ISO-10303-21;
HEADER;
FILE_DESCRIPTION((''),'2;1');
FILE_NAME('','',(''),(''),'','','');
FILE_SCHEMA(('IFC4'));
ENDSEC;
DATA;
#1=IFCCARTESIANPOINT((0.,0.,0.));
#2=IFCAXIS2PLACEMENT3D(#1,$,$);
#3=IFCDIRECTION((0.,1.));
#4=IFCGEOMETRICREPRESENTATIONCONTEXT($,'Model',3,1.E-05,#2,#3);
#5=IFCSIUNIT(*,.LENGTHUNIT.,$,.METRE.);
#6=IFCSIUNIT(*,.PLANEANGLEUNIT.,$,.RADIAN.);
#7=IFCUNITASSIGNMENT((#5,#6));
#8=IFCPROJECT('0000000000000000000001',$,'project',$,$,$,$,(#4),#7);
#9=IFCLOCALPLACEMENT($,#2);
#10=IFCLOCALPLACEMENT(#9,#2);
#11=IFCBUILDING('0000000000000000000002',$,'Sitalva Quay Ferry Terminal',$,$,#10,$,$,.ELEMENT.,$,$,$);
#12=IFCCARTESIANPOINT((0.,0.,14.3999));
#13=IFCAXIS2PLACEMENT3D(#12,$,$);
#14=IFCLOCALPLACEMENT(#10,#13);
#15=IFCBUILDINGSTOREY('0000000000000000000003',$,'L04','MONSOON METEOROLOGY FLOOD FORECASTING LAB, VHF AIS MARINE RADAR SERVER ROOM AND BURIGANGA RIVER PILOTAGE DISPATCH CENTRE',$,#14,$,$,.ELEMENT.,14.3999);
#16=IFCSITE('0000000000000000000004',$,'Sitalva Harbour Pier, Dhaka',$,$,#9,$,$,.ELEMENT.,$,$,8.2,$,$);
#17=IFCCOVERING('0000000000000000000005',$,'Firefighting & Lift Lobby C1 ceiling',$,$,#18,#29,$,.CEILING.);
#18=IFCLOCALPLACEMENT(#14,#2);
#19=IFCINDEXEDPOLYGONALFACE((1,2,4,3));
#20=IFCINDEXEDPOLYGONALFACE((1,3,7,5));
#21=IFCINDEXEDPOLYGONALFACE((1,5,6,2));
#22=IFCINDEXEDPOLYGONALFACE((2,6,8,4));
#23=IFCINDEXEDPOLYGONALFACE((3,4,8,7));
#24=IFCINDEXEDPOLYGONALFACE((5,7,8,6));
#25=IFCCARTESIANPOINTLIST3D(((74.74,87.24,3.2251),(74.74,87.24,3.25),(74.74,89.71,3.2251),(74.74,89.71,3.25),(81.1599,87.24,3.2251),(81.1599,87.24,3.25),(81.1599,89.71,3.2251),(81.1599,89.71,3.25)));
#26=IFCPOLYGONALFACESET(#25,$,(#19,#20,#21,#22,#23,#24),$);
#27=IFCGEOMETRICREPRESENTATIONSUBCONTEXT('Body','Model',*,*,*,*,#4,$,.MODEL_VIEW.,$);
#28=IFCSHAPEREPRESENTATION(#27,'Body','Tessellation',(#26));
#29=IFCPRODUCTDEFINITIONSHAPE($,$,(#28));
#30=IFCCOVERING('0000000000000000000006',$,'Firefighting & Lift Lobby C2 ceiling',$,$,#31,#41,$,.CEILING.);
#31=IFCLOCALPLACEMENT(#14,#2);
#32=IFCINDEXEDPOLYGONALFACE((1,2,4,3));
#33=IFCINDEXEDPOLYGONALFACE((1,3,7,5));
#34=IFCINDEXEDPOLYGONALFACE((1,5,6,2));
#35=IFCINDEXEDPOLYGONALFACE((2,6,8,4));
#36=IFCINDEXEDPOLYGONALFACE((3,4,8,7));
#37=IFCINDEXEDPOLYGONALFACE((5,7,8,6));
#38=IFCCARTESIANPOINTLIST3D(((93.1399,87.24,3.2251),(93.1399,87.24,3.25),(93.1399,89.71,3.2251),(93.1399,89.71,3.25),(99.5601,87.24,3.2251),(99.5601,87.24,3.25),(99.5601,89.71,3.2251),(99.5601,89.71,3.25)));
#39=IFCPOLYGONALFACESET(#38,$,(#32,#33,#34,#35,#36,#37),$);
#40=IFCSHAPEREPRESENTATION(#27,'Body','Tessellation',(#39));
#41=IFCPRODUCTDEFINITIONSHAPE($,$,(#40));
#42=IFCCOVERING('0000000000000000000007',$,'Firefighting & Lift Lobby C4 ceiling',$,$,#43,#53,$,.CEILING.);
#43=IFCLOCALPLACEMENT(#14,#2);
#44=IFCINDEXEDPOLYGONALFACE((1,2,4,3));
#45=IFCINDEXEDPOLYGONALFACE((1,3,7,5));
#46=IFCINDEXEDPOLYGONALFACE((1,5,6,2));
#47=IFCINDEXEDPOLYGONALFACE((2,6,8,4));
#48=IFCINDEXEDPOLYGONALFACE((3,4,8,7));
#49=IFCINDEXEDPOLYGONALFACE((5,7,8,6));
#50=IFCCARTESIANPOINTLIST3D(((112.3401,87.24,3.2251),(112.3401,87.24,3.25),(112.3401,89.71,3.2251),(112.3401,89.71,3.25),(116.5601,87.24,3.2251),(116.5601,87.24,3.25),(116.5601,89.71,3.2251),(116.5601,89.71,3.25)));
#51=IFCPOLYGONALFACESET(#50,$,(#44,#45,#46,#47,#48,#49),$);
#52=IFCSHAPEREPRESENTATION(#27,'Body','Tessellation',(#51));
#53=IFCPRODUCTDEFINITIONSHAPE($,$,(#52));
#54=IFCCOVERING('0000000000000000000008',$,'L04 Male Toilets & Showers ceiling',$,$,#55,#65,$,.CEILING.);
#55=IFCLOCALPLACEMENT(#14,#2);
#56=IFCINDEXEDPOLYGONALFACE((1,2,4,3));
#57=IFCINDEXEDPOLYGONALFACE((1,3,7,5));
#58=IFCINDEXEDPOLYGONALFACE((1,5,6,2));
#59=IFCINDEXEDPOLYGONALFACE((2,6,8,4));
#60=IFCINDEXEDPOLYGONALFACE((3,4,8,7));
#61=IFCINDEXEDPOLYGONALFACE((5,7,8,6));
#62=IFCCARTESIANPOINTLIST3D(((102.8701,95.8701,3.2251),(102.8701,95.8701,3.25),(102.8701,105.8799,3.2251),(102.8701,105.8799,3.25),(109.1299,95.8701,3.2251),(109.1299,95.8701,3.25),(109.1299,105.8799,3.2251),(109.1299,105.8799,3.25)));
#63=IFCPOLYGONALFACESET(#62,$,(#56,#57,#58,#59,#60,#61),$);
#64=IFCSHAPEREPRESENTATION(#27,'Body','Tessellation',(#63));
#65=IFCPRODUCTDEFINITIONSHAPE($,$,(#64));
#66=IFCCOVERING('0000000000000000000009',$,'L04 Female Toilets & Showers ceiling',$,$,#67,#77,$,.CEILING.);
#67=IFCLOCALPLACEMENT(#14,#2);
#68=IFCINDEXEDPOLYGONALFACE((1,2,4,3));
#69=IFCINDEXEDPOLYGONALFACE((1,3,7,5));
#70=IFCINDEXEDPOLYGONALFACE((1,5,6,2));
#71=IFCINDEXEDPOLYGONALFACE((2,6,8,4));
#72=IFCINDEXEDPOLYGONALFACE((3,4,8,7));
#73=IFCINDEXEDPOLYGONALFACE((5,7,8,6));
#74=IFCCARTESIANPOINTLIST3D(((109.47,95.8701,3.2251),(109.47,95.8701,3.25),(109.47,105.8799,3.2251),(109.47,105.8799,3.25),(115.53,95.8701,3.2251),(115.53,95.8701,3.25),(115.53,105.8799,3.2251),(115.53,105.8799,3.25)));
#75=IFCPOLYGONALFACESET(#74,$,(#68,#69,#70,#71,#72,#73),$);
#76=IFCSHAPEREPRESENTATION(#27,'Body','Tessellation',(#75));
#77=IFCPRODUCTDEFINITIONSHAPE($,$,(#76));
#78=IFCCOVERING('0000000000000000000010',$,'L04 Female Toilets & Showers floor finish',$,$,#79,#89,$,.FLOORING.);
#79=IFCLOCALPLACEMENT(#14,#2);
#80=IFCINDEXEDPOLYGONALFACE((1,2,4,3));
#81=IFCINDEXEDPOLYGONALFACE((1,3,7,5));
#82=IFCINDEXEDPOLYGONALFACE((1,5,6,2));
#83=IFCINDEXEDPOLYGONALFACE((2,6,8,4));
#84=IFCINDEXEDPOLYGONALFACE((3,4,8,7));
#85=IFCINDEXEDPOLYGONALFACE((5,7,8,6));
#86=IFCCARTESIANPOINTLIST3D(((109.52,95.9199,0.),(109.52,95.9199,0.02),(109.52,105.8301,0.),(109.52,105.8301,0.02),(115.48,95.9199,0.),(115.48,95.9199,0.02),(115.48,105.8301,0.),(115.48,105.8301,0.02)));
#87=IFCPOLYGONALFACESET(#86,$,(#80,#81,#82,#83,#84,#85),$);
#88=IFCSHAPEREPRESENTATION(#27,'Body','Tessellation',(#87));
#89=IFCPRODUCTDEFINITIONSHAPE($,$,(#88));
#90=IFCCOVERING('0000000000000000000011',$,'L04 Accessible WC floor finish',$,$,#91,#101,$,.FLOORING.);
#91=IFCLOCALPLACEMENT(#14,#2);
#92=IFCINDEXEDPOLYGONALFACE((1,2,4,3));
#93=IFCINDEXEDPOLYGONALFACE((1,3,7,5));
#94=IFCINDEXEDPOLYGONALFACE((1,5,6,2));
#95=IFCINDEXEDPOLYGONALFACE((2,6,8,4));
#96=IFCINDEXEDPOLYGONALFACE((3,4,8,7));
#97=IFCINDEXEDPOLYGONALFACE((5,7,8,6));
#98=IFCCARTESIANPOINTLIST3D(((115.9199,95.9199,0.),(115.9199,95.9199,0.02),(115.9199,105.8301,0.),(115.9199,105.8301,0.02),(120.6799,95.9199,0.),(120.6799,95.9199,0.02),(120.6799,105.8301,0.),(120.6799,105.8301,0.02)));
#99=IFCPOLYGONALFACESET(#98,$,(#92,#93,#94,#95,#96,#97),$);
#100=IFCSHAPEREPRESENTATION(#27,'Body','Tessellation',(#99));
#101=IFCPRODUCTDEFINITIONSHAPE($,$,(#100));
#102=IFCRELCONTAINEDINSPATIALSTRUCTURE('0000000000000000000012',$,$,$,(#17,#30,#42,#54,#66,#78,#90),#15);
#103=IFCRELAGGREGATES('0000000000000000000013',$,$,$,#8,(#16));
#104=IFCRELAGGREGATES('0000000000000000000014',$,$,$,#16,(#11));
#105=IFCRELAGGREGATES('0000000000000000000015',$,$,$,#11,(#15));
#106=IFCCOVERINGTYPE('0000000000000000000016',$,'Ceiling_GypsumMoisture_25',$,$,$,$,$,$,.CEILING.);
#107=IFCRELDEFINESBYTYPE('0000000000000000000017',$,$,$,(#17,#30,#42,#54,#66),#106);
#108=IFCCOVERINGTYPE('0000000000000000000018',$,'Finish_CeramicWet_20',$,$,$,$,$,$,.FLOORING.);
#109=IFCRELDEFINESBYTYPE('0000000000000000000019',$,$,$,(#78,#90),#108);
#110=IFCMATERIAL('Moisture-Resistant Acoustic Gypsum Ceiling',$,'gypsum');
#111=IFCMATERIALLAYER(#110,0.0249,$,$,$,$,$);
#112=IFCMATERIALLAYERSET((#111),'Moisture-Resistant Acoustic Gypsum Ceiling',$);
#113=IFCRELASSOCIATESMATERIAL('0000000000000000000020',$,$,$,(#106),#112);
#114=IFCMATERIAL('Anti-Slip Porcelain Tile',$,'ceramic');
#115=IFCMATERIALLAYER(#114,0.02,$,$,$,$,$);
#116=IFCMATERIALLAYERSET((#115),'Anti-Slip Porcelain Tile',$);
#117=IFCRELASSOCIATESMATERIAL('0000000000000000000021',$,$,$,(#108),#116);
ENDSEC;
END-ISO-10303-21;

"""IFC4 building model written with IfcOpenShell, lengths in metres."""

from ifc_helpers import new_model, si_unit, direction, frame, origin, place, context, subcontext, project, spatial, polyline, outline, extrude, material, layer, layer_set, type_object, element, save


model = new_model("IFC4")

# Units and contexts
model_context = context("Model", 3, precision=1e-05, world=origin(), true_north=direction((0.0, 1.0)))
body_context = subcontext(model_context, "Body", "Model", "MODEL_VIEW")
ifc_project = project(units=[si_unit("LENGTHUNIT", "METRE"), si_unit("PLANEANGLEUNIT", "RADIAN")], contexts=[model_context])

# Site, building, storey
site_placement = place(None, origin())
site = spatial("IfcSite", under=ifc_project, at=site_placement, Name="Sitalva Harbour Pier, Dhaka", CompositionType="ELEMENT", RefElevation=8.2)
building_placement = place(site_placement, origin())
building = spatial("IfcBuilding", under=site, at=building_placement, Name="Sitalva Quay Ferry Terminal", CompositionType="ELEMENT")
storey_placement = place(building_placement, frame((0.0, 0.0, 14.3999)))
storey = spatial("IfcBuildingStorey", under=building, at=storey_placement, Name="L04", Description="MONSOON METEOROLOGY FLOOD FORECASTING LAB, VHF AIS MARINE RADAR SERVER ROOM AND BURIGANGA RIVER PILOTAGE DISPATCH CENTRE", CompositionType="ELEMENT", Elevation=14.3999)

# Coverings
ifc_material_1 = material(Name="Moisture-Resistant Acoustic Gypsum Ceiling", Category="gypsum")
ifc_layer_1 = layer(ifc_material_1, 0.0249)
ifc_layer_set_1 = layer_set([ifc_layer_1], Name="Moisture-Resistant Acoustic Gypsum Ceiling")
covering_type_1 = type_object("IfcCoveringType", Name="Ceiling_GypsumMoisture_25", PredefinedType="CEILING", material=ifc_layer_set_1)
covering_1_placement = place(storey_placement, frame((0.0, 0.0, 3.2251)))
element("IfcCovering", 1, at=covering_1_placement, inside=storey, type_object=covering_type_1, Name="Firefighting & Lift Lobby C1 ceiling", PredefinedType="CEILING", context=body_context, shape_type="SweptSolid", body=[
    extrude(outline(polyline([(74.74, 87.24), (81.1599, 87.24), (81.1599, 89.71), (74.74, 89.71), (74.74, 87.24)])), origin(), (0.0, 0.0, 1.0), 0.0249),
])
covering_2_placement = place(storey_placement, frame((0.0, 0.0, 3.2251)))
element("IfcCovering", 2, at=covering_2_placement, inside=storey, type_object=covering_type_1, Name="Firefighting & Lift Lobby C2 ceiling", PredefinedType="CEILING", context=body_context, shape_type="SweptSolid", body=[
    extrude(outline(polyline([(93.1399, 87.24), (99.5601, 87.24), (99.5601, 89.71), (93.1399, 89.71), (93.1399, 87.24)])), origin(), (0.0, 0.0, 1.0), 0.0249),
])
covering_3_placement = place(storey_placement, frame((0.0, 0.0, 3.2251)))
element("IfcCovering", 3, at=covering_3_placement, inside=storey, type_object=covering_type_1, Name="Firefighting & Lift Lobby C4 ceiling", PredefinedType="CEILING", context=body_context, shape_type="SweptSolid", body=[
    extrude(outline(polyline([(112.3401, 87.24), (116.5601, 87.24), (116.5601, 89.71), (112.3401, 89.71), (112.3401, 87.24)])), origin(), (0.0, 0.0, 1.0), 0.0249),
])
covering_4_placement = place(storey_placement, frame((0.0, 0.0, 3.2251)))
element("IfcCovering", 4, at=covering_4_placement, inside=storey, type_object=covering_type_1, Name="L04 Male Toilets & Showers ceiling", PredefinedType="CEILING", context=body_context, shape_type="SweptSolid", body=[
    extrude(outline(polyline([(102.8701, 95.8701), (109.1299, 95.8701), (109.1299, 105.8799), (102.8701, 105.8799), (102.8701, 95.8701)])), origin(), (0.0, 0.0, 1.0), 0.0249),
])
covering_5_placement = place(storey_placement, frame((0.0, 0.0, 3.2251)))
element("IfcCovering", 5, at=covering_5_placement, inside=storey, type_object=covering_type_1, Name="L04 Female Toilets & Showers ceiling", PredefinedType="CEILING", context=body_context, shape_type="SweptSolid", body=[
    extrude(outline(polyline([(109.47, 95.8701), (115.53, 95.8701), (115.53, 105.8799), (109.47, 105.8799), (109.47, 95.8701)])), origin(), (0.0, 0.0, 1.0), 0.0249),
])
ifc_material_2 = material(Name="Anti-Slip Porcelain Tile", Category="ceramic")
ifc_layer_2 = layer(ifc_material_2, 0.02)
ifc_layer_set_2 = layer_set([ifc_layer_2], Name="Anti-Slip Porcelain Tile")
covering_type_2 = type_object("IfcCoveringType", Name="Finish_CeramicWet_20", PredefinedType="FLOORING", material=ifc_layer_set_2)
covering_6_placement = place(storey_placement, origin())
element("IfcCovering", 6, at=covering_6_placement, inside=storey, type_object=covering_type_2, Name="L04 Female Toilets & Showers floor finish", PredefinedType="FLOORING", context=body_context, shape_type="SweptSolid", body=[
    extrude(outline(polyline([(109.52, 95.9199), (115.48, 95.9199), (115.48, 105.8301), (109.52, 105.8301), (109.52, 95.9199)])), origin(), (0.0, 0.0, 1.0), 0.02),
])
covering_7_placement = place(storey_placement, origin())
element("IfcCovering", 7, at=covering_7_placement, inside=storey, type_object=covering_type_2, Name="L04 Accessible WC floor finish", PredefinedType="FLOORING", context=body_context, shape_type="SweptSolid", body=[
    extrude(outline(polyline([(115.9199, 95.9199), (120.6799, 95.9199), (120.6799, 105.8301), (115.9199, 105.8301), (115.9199, 95.9199)])), origin(), (0.0, 0.0, 1.0), 0.02),
])

save(model, "model.ifc")
